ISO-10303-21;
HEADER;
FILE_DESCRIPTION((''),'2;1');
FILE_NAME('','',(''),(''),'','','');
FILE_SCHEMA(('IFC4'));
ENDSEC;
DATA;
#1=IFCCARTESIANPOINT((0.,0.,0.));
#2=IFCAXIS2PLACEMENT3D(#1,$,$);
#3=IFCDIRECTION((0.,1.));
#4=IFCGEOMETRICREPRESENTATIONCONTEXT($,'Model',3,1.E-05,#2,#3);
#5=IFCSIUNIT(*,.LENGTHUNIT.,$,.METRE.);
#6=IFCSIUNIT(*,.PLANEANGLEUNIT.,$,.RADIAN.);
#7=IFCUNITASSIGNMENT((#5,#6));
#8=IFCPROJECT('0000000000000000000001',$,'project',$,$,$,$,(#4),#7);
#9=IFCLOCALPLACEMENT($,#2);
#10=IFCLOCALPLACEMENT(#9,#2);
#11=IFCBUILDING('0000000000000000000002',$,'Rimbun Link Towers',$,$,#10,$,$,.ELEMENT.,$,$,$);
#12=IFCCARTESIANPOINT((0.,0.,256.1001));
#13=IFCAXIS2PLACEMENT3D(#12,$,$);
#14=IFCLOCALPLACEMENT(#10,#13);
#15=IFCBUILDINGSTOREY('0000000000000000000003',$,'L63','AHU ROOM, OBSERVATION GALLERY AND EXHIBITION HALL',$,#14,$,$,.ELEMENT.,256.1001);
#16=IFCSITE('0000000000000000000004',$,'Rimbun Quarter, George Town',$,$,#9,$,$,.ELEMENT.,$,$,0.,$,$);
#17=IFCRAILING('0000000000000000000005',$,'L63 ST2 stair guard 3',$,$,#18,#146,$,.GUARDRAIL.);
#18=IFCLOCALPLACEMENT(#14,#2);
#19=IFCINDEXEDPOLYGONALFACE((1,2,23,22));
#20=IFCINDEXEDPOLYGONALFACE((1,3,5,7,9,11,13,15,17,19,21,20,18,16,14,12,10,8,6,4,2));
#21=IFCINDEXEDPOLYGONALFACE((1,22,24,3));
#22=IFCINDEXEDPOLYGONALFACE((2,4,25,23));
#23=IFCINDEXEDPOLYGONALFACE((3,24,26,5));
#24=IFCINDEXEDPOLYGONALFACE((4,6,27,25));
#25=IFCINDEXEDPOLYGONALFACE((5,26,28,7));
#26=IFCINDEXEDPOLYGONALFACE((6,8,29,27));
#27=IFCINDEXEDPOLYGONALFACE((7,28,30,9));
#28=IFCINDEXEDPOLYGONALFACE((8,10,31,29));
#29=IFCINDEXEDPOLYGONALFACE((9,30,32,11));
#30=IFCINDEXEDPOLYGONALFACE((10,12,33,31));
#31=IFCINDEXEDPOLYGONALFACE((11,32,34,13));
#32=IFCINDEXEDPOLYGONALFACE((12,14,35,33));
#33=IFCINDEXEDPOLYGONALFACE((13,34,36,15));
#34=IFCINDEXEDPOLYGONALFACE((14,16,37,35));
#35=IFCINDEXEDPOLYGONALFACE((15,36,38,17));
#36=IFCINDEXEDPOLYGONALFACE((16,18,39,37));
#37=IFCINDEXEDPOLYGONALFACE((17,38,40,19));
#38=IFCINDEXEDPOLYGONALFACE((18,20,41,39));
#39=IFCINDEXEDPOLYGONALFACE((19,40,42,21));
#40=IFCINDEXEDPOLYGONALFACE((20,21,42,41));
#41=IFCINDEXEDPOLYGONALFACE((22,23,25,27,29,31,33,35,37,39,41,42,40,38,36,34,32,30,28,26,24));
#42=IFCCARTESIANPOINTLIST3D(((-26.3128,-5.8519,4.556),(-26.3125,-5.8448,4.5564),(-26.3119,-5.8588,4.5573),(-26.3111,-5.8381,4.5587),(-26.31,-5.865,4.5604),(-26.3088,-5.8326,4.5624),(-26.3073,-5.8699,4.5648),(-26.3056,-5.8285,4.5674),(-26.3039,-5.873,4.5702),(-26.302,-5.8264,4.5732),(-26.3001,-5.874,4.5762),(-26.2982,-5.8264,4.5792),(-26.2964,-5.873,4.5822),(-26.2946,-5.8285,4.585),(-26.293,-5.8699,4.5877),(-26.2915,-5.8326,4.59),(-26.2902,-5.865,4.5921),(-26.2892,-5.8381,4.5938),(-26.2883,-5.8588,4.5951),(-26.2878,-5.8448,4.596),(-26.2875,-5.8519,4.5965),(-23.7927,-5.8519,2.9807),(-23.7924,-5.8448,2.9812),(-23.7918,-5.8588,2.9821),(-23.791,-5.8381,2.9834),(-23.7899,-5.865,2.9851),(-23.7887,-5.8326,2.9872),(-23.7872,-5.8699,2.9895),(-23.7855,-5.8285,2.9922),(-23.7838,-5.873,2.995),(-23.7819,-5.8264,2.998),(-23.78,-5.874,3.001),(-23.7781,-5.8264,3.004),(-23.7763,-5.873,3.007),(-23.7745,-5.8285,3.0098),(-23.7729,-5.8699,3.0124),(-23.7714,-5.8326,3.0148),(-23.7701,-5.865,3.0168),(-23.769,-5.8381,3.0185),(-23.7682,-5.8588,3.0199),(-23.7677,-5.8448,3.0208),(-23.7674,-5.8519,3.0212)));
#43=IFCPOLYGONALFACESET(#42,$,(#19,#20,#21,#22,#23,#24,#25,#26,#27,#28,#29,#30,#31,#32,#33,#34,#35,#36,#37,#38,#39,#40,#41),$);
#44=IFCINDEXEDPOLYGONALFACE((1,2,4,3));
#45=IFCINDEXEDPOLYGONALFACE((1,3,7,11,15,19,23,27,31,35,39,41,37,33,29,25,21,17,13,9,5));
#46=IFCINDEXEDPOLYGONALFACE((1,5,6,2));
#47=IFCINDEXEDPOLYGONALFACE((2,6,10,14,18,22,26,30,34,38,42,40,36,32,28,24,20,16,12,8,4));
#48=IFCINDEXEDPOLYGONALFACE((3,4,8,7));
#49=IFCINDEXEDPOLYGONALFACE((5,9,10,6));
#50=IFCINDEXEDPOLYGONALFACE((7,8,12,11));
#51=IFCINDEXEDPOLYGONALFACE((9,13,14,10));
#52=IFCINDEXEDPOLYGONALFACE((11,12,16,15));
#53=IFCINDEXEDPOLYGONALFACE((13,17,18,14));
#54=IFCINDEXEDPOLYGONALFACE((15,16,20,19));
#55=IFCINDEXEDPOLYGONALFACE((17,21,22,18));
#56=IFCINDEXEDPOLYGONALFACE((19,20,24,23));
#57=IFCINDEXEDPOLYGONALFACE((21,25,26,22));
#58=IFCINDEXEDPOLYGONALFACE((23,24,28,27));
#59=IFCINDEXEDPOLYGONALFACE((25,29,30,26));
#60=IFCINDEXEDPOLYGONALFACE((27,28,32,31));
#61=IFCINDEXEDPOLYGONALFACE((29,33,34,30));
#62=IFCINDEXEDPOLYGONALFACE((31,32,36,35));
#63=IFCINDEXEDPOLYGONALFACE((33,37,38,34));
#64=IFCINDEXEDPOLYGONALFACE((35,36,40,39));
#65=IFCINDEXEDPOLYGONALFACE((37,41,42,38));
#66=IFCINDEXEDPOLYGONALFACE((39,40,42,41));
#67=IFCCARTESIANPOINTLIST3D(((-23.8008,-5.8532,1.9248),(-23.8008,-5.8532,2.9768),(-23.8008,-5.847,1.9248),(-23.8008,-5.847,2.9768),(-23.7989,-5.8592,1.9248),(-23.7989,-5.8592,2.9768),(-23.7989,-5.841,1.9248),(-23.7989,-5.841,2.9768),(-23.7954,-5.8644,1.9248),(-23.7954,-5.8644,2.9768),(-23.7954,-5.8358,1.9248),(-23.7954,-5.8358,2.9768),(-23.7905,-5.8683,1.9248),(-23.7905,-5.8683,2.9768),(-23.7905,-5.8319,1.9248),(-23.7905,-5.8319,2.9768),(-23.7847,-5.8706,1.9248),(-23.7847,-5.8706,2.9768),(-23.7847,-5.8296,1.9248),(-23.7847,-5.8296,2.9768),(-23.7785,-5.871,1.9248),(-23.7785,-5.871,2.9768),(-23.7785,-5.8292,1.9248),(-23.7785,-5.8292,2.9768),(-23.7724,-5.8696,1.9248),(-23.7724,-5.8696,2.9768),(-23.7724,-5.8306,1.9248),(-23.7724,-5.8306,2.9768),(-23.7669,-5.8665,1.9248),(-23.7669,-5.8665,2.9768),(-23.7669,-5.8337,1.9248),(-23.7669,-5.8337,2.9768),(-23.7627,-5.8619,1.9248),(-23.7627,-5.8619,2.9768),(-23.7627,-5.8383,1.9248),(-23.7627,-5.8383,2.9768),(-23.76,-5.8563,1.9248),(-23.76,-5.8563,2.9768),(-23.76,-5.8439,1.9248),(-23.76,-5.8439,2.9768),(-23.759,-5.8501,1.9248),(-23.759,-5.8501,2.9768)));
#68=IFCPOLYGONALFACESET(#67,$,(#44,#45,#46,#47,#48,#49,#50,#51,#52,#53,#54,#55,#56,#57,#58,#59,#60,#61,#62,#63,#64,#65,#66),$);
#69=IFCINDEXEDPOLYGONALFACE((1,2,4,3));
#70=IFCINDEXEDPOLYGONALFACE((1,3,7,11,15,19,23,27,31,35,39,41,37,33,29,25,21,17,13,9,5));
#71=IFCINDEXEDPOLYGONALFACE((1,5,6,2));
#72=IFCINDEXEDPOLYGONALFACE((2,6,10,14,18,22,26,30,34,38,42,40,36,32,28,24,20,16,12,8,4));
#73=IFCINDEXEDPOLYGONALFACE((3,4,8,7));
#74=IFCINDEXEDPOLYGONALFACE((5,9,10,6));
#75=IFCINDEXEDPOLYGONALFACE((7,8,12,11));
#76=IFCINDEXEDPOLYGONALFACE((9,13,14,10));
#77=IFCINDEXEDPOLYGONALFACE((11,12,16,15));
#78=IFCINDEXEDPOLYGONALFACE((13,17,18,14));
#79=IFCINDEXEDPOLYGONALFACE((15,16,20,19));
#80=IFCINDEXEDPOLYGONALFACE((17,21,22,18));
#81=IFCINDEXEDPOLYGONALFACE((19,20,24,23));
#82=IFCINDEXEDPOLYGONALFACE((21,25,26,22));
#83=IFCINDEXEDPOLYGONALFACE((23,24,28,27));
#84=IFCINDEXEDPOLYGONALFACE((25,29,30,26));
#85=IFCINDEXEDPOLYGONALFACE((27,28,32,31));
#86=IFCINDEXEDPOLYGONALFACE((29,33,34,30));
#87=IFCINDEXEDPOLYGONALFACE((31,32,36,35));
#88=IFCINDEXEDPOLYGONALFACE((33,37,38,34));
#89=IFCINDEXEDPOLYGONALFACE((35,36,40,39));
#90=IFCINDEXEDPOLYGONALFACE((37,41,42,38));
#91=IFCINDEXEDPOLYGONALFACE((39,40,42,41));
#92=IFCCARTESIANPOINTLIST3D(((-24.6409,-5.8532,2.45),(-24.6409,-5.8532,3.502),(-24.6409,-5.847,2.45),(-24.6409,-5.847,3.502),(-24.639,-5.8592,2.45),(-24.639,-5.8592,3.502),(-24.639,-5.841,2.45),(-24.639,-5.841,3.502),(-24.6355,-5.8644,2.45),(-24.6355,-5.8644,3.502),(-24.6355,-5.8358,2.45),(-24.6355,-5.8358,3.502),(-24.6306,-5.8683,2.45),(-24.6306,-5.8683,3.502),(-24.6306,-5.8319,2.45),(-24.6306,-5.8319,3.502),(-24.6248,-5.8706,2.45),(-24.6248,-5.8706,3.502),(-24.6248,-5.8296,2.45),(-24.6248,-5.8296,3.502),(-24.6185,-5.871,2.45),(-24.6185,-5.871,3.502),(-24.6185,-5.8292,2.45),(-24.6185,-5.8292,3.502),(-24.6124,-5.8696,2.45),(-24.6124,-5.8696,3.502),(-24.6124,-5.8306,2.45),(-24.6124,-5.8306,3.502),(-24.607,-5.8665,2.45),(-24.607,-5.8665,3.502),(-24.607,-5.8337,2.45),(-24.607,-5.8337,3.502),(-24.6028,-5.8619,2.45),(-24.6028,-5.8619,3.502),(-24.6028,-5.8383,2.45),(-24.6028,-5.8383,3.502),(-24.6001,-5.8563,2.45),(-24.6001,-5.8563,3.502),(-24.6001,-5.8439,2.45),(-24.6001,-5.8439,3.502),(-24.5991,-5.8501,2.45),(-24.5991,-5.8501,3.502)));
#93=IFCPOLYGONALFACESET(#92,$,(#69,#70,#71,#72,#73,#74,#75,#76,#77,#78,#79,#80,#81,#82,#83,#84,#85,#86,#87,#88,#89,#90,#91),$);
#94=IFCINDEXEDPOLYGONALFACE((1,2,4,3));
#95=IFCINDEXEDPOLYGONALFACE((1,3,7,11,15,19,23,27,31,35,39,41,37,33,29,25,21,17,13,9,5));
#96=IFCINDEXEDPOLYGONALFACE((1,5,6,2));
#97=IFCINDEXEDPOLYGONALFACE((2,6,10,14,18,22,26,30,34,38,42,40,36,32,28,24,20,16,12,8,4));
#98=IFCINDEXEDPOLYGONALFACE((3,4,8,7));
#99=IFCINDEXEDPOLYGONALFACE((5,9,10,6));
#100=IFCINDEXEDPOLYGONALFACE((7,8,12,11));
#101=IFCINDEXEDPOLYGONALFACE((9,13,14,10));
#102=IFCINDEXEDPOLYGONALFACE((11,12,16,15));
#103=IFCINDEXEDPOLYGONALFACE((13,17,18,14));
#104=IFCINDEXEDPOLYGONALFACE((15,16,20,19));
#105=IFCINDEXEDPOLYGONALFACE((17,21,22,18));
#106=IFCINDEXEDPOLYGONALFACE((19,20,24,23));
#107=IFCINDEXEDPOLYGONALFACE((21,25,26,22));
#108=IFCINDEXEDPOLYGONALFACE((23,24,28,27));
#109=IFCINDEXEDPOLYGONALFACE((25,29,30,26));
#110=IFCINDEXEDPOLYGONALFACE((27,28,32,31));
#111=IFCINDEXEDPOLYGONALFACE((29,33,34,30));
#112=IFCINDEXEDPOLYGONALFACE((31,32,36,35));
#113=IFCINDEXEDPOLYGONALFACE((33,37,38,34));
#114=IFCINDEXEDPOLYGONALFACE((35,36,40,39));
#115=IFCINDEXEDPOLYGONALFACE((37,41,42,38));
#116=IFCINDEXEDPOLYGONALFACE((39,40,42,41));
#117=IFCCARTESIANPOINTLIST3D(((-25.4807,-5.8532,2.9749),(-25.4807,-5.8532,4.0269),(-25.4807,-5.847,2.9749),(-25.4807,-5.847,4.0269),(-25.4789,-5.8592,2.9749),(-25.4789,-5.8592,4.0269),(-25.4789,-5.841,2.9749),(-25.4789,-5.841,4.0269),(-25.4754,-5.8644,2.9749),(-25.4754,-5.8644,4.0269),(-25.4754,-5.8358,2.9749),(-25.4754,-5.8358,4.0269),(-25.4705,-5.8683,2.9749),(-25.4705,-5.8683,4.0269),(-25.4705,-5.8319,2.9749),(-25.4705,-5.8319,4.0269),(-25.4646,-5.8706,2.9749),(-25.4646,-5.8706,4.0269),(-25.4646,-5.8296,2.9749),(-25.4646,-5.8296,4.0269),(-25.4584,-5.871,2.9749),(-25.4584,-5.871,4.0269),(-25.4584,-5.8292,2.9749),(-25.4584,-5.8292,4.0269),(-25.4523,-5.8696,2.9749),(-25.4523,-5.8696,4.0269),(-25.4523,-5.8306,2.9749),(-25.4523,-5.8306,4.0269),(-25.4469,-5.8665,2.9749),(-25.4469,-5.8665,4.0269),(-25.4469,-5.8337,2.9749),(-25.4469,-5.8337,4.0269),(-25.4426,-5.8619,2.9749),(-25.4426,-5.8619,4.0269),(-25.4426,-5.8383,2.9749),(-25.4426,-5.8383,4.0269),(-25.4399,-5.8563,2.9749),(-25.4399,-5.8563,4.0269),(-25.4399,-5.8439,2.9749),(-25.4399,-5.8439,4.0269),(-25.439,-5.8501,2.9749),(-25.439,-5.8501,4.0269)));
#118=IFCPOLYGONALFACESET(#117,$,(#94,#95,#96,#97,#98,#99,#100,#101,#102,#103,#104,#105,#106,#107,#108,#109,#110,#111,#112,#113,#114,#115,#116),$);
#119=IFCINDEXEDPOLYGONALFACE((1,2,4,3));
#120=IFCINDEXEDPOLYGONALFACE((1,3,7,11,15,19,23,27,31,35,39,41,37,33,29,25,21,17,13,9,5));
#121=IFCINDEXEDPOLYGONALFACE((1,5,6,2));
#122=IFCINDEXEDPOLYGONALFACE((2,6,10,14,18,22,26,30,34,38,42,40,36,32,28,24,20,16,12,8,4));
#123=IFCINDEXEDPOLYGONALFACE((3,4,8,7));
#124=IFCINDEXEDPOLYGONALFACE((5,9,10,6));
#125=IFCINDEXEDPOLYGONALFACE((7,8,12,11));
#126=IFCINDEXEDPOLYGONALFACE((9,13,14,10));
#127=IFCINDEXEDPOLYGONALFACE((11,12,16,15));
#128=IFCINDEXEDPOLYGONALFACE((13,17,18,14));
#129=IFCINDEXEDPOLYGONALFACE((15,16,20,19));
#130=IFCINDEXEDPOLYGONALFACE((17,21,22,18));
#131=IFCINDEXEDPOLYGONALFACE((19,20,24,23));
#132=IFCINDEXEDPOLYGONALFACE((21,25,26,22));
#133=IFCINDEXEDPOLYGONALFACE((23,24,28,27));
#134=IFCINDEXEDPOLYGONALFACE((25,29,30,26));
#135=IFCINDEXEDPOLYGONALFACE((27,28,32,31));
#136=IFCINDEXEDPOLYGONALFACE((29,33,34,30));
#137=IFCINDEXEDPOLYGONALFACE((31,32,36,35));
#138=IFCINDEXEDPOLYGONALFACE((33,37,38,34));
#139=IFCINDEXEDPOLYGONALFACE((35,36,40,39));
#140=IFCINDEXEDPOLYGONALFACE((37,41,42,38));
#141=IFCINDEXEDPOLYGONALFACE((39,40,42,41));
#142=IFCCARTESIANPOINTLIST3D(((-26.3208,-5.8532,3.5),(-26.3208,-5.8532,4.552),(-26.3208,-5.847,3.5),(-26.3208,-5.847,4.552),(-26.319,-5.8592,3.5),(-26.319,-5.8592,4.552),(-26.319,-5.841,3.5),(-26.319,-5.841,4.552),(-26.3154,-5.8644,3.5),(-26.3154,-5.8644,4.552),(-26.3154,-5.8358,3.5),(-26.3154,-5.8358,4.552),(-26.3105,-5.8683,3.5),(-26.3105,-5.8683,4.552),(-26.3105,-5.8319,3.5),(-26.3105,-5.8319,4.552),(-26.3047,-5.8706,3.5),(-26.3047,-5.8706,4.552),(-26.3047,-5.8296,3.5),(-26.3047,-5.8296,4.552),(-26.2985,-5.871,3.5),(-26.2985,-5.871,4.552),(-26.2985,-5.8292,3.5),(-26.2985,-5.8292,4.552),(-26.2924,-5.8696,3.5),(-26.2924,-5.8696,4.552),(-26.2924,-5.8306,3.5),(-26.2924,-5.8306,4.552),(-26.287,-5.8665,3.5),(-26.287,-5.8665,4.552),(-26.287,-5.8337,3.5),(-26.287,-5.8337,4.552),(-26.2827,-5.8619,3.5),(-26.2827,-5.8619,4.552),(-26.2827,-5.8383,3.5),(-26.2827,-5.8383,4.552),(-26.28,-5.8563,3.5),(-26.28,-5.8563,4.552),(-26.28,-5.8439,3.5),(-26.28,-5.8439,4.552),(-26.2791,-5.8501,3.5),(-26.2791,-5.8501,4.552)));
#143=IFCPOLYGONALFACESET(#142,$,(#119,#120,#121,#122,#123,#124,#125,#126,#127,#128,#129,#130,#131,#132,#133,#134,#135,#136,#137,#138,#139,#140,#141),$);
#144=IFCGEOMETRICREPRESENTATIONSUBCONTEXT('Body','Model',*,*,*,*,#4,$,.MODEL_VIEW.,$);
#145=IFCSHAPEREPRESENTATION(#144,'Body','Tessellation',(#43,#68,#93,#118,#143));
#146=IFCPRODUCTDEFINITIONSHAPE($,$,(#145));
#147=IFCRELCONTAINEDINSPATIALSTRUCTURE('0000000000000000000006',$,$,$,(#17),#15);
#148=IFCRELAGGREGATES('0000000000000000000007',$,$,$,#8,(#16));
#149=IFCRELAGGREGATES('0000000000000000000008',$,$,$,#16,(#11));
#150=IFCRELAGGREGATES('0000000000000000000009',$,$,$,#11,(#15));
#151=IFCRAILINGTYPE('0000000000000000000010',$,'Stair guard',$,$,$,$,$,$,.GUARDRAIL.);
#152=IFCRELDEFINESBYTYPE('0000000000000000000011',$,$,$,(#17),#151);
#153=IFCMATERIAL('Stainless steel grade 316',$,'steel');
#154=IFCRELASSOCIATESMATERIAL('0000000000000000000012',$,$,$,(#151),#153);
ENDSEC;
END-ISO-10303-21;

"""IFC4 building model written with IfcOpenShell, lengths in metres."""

from ifc_helpers import new_model, si_unit, direction, frame, origin, origin_2d, place, context, subcontext, project, spatial, circle, extrude, material, type_object, element, save


model = new_model("IFC4")

# Units and contexts
model_context = context("Model", 3, precision=1e-05, world=origin(), true_north=direction((0.0, 1.0)))
body_context = subcontext(model_context, "Body", "Model", "MODEL_VIEW")
ifc_project = project(units=[si_unit("LENGTHUNIT", "METRE"), si_unit("PLANEANGLEUNIT", "RADIAN")], contexts=[model_context])

# Site, building, storey
site_placement = place(None, origin())
site = spatial("IfcSite", under=ifc_project, at=site_placement, Name="Rimbun Quarter, George Town", CompositionType="ELEMENT", RefElevation=0.0)
building_placement = place(site_placement, origin())
building = spatial("IfcBuilding", under=site, at=building_placement, Name="Rimbun Link Towers", CompositionType="ELEMENT")
storey_placement = place(building_placement, frame((0.0, 0.0, 256.1001)))
storey = spatial("IfcBuildingStorey", under=building, at=storey_placement, Name="L63", Description="AHU ROOM, OBSERVATION GALLERY AND EXHIBITION HALL", CompositionType="ELEMENT", Elevation=256.1001)

# Railing
ifc_material_1 = material(Name="Stainless steel grade 316", Category="steel")
railing_type_1 = type_object("IfcRailingType", Name="Stair guard", PredefinedType="GUARDRAIL", material=ifc_material_1)
railing_1_placement = place(storey_placement, frame((-23.78, -5.8501, 1.9248)))
element("IfcRailing", 1, at=railing_1_placement, inside=storey, type_object=railing_type_1, Name="L63 ST2 stair guard 3", PredefinedType="GUARDRAIL", context=body_context, shape_type="SweptSolid", body=[
    extrude(circle(Radius=0.0239, at=origin_2d()), frame((0.0, 0.0, 1.0762), z_axis=(-0.847971, 0.0, 0.530043), x_axis=(0.0, -1.0, 0.0)), (0.0, 0.0, 1.0), 2.9719),
    extrude(circle(Radius=0.021, at=origin_2d()), origin(), (0.0, 0.0, 1.0), 1.052),
    extrude(circle(Radius=0.021, at=origin_2d()), frame((-0.8401, 0.0, 0.5251)), (0.0, 0.0, 1.0), 1.052),
    extrude(circle(Radius=0.021, at=origin_2d()), frame((-1.6799, 0.0, 1.05)), (0.0, 0.0, 1.0), 1.052),
    extrude(circle(Radius=0.021, at=origin_2d()), frame((-2.52, 0.0, 1.5752)), (0.0, 0.0, 1.0), 1.052),
])

save(model, "model.ifc")
